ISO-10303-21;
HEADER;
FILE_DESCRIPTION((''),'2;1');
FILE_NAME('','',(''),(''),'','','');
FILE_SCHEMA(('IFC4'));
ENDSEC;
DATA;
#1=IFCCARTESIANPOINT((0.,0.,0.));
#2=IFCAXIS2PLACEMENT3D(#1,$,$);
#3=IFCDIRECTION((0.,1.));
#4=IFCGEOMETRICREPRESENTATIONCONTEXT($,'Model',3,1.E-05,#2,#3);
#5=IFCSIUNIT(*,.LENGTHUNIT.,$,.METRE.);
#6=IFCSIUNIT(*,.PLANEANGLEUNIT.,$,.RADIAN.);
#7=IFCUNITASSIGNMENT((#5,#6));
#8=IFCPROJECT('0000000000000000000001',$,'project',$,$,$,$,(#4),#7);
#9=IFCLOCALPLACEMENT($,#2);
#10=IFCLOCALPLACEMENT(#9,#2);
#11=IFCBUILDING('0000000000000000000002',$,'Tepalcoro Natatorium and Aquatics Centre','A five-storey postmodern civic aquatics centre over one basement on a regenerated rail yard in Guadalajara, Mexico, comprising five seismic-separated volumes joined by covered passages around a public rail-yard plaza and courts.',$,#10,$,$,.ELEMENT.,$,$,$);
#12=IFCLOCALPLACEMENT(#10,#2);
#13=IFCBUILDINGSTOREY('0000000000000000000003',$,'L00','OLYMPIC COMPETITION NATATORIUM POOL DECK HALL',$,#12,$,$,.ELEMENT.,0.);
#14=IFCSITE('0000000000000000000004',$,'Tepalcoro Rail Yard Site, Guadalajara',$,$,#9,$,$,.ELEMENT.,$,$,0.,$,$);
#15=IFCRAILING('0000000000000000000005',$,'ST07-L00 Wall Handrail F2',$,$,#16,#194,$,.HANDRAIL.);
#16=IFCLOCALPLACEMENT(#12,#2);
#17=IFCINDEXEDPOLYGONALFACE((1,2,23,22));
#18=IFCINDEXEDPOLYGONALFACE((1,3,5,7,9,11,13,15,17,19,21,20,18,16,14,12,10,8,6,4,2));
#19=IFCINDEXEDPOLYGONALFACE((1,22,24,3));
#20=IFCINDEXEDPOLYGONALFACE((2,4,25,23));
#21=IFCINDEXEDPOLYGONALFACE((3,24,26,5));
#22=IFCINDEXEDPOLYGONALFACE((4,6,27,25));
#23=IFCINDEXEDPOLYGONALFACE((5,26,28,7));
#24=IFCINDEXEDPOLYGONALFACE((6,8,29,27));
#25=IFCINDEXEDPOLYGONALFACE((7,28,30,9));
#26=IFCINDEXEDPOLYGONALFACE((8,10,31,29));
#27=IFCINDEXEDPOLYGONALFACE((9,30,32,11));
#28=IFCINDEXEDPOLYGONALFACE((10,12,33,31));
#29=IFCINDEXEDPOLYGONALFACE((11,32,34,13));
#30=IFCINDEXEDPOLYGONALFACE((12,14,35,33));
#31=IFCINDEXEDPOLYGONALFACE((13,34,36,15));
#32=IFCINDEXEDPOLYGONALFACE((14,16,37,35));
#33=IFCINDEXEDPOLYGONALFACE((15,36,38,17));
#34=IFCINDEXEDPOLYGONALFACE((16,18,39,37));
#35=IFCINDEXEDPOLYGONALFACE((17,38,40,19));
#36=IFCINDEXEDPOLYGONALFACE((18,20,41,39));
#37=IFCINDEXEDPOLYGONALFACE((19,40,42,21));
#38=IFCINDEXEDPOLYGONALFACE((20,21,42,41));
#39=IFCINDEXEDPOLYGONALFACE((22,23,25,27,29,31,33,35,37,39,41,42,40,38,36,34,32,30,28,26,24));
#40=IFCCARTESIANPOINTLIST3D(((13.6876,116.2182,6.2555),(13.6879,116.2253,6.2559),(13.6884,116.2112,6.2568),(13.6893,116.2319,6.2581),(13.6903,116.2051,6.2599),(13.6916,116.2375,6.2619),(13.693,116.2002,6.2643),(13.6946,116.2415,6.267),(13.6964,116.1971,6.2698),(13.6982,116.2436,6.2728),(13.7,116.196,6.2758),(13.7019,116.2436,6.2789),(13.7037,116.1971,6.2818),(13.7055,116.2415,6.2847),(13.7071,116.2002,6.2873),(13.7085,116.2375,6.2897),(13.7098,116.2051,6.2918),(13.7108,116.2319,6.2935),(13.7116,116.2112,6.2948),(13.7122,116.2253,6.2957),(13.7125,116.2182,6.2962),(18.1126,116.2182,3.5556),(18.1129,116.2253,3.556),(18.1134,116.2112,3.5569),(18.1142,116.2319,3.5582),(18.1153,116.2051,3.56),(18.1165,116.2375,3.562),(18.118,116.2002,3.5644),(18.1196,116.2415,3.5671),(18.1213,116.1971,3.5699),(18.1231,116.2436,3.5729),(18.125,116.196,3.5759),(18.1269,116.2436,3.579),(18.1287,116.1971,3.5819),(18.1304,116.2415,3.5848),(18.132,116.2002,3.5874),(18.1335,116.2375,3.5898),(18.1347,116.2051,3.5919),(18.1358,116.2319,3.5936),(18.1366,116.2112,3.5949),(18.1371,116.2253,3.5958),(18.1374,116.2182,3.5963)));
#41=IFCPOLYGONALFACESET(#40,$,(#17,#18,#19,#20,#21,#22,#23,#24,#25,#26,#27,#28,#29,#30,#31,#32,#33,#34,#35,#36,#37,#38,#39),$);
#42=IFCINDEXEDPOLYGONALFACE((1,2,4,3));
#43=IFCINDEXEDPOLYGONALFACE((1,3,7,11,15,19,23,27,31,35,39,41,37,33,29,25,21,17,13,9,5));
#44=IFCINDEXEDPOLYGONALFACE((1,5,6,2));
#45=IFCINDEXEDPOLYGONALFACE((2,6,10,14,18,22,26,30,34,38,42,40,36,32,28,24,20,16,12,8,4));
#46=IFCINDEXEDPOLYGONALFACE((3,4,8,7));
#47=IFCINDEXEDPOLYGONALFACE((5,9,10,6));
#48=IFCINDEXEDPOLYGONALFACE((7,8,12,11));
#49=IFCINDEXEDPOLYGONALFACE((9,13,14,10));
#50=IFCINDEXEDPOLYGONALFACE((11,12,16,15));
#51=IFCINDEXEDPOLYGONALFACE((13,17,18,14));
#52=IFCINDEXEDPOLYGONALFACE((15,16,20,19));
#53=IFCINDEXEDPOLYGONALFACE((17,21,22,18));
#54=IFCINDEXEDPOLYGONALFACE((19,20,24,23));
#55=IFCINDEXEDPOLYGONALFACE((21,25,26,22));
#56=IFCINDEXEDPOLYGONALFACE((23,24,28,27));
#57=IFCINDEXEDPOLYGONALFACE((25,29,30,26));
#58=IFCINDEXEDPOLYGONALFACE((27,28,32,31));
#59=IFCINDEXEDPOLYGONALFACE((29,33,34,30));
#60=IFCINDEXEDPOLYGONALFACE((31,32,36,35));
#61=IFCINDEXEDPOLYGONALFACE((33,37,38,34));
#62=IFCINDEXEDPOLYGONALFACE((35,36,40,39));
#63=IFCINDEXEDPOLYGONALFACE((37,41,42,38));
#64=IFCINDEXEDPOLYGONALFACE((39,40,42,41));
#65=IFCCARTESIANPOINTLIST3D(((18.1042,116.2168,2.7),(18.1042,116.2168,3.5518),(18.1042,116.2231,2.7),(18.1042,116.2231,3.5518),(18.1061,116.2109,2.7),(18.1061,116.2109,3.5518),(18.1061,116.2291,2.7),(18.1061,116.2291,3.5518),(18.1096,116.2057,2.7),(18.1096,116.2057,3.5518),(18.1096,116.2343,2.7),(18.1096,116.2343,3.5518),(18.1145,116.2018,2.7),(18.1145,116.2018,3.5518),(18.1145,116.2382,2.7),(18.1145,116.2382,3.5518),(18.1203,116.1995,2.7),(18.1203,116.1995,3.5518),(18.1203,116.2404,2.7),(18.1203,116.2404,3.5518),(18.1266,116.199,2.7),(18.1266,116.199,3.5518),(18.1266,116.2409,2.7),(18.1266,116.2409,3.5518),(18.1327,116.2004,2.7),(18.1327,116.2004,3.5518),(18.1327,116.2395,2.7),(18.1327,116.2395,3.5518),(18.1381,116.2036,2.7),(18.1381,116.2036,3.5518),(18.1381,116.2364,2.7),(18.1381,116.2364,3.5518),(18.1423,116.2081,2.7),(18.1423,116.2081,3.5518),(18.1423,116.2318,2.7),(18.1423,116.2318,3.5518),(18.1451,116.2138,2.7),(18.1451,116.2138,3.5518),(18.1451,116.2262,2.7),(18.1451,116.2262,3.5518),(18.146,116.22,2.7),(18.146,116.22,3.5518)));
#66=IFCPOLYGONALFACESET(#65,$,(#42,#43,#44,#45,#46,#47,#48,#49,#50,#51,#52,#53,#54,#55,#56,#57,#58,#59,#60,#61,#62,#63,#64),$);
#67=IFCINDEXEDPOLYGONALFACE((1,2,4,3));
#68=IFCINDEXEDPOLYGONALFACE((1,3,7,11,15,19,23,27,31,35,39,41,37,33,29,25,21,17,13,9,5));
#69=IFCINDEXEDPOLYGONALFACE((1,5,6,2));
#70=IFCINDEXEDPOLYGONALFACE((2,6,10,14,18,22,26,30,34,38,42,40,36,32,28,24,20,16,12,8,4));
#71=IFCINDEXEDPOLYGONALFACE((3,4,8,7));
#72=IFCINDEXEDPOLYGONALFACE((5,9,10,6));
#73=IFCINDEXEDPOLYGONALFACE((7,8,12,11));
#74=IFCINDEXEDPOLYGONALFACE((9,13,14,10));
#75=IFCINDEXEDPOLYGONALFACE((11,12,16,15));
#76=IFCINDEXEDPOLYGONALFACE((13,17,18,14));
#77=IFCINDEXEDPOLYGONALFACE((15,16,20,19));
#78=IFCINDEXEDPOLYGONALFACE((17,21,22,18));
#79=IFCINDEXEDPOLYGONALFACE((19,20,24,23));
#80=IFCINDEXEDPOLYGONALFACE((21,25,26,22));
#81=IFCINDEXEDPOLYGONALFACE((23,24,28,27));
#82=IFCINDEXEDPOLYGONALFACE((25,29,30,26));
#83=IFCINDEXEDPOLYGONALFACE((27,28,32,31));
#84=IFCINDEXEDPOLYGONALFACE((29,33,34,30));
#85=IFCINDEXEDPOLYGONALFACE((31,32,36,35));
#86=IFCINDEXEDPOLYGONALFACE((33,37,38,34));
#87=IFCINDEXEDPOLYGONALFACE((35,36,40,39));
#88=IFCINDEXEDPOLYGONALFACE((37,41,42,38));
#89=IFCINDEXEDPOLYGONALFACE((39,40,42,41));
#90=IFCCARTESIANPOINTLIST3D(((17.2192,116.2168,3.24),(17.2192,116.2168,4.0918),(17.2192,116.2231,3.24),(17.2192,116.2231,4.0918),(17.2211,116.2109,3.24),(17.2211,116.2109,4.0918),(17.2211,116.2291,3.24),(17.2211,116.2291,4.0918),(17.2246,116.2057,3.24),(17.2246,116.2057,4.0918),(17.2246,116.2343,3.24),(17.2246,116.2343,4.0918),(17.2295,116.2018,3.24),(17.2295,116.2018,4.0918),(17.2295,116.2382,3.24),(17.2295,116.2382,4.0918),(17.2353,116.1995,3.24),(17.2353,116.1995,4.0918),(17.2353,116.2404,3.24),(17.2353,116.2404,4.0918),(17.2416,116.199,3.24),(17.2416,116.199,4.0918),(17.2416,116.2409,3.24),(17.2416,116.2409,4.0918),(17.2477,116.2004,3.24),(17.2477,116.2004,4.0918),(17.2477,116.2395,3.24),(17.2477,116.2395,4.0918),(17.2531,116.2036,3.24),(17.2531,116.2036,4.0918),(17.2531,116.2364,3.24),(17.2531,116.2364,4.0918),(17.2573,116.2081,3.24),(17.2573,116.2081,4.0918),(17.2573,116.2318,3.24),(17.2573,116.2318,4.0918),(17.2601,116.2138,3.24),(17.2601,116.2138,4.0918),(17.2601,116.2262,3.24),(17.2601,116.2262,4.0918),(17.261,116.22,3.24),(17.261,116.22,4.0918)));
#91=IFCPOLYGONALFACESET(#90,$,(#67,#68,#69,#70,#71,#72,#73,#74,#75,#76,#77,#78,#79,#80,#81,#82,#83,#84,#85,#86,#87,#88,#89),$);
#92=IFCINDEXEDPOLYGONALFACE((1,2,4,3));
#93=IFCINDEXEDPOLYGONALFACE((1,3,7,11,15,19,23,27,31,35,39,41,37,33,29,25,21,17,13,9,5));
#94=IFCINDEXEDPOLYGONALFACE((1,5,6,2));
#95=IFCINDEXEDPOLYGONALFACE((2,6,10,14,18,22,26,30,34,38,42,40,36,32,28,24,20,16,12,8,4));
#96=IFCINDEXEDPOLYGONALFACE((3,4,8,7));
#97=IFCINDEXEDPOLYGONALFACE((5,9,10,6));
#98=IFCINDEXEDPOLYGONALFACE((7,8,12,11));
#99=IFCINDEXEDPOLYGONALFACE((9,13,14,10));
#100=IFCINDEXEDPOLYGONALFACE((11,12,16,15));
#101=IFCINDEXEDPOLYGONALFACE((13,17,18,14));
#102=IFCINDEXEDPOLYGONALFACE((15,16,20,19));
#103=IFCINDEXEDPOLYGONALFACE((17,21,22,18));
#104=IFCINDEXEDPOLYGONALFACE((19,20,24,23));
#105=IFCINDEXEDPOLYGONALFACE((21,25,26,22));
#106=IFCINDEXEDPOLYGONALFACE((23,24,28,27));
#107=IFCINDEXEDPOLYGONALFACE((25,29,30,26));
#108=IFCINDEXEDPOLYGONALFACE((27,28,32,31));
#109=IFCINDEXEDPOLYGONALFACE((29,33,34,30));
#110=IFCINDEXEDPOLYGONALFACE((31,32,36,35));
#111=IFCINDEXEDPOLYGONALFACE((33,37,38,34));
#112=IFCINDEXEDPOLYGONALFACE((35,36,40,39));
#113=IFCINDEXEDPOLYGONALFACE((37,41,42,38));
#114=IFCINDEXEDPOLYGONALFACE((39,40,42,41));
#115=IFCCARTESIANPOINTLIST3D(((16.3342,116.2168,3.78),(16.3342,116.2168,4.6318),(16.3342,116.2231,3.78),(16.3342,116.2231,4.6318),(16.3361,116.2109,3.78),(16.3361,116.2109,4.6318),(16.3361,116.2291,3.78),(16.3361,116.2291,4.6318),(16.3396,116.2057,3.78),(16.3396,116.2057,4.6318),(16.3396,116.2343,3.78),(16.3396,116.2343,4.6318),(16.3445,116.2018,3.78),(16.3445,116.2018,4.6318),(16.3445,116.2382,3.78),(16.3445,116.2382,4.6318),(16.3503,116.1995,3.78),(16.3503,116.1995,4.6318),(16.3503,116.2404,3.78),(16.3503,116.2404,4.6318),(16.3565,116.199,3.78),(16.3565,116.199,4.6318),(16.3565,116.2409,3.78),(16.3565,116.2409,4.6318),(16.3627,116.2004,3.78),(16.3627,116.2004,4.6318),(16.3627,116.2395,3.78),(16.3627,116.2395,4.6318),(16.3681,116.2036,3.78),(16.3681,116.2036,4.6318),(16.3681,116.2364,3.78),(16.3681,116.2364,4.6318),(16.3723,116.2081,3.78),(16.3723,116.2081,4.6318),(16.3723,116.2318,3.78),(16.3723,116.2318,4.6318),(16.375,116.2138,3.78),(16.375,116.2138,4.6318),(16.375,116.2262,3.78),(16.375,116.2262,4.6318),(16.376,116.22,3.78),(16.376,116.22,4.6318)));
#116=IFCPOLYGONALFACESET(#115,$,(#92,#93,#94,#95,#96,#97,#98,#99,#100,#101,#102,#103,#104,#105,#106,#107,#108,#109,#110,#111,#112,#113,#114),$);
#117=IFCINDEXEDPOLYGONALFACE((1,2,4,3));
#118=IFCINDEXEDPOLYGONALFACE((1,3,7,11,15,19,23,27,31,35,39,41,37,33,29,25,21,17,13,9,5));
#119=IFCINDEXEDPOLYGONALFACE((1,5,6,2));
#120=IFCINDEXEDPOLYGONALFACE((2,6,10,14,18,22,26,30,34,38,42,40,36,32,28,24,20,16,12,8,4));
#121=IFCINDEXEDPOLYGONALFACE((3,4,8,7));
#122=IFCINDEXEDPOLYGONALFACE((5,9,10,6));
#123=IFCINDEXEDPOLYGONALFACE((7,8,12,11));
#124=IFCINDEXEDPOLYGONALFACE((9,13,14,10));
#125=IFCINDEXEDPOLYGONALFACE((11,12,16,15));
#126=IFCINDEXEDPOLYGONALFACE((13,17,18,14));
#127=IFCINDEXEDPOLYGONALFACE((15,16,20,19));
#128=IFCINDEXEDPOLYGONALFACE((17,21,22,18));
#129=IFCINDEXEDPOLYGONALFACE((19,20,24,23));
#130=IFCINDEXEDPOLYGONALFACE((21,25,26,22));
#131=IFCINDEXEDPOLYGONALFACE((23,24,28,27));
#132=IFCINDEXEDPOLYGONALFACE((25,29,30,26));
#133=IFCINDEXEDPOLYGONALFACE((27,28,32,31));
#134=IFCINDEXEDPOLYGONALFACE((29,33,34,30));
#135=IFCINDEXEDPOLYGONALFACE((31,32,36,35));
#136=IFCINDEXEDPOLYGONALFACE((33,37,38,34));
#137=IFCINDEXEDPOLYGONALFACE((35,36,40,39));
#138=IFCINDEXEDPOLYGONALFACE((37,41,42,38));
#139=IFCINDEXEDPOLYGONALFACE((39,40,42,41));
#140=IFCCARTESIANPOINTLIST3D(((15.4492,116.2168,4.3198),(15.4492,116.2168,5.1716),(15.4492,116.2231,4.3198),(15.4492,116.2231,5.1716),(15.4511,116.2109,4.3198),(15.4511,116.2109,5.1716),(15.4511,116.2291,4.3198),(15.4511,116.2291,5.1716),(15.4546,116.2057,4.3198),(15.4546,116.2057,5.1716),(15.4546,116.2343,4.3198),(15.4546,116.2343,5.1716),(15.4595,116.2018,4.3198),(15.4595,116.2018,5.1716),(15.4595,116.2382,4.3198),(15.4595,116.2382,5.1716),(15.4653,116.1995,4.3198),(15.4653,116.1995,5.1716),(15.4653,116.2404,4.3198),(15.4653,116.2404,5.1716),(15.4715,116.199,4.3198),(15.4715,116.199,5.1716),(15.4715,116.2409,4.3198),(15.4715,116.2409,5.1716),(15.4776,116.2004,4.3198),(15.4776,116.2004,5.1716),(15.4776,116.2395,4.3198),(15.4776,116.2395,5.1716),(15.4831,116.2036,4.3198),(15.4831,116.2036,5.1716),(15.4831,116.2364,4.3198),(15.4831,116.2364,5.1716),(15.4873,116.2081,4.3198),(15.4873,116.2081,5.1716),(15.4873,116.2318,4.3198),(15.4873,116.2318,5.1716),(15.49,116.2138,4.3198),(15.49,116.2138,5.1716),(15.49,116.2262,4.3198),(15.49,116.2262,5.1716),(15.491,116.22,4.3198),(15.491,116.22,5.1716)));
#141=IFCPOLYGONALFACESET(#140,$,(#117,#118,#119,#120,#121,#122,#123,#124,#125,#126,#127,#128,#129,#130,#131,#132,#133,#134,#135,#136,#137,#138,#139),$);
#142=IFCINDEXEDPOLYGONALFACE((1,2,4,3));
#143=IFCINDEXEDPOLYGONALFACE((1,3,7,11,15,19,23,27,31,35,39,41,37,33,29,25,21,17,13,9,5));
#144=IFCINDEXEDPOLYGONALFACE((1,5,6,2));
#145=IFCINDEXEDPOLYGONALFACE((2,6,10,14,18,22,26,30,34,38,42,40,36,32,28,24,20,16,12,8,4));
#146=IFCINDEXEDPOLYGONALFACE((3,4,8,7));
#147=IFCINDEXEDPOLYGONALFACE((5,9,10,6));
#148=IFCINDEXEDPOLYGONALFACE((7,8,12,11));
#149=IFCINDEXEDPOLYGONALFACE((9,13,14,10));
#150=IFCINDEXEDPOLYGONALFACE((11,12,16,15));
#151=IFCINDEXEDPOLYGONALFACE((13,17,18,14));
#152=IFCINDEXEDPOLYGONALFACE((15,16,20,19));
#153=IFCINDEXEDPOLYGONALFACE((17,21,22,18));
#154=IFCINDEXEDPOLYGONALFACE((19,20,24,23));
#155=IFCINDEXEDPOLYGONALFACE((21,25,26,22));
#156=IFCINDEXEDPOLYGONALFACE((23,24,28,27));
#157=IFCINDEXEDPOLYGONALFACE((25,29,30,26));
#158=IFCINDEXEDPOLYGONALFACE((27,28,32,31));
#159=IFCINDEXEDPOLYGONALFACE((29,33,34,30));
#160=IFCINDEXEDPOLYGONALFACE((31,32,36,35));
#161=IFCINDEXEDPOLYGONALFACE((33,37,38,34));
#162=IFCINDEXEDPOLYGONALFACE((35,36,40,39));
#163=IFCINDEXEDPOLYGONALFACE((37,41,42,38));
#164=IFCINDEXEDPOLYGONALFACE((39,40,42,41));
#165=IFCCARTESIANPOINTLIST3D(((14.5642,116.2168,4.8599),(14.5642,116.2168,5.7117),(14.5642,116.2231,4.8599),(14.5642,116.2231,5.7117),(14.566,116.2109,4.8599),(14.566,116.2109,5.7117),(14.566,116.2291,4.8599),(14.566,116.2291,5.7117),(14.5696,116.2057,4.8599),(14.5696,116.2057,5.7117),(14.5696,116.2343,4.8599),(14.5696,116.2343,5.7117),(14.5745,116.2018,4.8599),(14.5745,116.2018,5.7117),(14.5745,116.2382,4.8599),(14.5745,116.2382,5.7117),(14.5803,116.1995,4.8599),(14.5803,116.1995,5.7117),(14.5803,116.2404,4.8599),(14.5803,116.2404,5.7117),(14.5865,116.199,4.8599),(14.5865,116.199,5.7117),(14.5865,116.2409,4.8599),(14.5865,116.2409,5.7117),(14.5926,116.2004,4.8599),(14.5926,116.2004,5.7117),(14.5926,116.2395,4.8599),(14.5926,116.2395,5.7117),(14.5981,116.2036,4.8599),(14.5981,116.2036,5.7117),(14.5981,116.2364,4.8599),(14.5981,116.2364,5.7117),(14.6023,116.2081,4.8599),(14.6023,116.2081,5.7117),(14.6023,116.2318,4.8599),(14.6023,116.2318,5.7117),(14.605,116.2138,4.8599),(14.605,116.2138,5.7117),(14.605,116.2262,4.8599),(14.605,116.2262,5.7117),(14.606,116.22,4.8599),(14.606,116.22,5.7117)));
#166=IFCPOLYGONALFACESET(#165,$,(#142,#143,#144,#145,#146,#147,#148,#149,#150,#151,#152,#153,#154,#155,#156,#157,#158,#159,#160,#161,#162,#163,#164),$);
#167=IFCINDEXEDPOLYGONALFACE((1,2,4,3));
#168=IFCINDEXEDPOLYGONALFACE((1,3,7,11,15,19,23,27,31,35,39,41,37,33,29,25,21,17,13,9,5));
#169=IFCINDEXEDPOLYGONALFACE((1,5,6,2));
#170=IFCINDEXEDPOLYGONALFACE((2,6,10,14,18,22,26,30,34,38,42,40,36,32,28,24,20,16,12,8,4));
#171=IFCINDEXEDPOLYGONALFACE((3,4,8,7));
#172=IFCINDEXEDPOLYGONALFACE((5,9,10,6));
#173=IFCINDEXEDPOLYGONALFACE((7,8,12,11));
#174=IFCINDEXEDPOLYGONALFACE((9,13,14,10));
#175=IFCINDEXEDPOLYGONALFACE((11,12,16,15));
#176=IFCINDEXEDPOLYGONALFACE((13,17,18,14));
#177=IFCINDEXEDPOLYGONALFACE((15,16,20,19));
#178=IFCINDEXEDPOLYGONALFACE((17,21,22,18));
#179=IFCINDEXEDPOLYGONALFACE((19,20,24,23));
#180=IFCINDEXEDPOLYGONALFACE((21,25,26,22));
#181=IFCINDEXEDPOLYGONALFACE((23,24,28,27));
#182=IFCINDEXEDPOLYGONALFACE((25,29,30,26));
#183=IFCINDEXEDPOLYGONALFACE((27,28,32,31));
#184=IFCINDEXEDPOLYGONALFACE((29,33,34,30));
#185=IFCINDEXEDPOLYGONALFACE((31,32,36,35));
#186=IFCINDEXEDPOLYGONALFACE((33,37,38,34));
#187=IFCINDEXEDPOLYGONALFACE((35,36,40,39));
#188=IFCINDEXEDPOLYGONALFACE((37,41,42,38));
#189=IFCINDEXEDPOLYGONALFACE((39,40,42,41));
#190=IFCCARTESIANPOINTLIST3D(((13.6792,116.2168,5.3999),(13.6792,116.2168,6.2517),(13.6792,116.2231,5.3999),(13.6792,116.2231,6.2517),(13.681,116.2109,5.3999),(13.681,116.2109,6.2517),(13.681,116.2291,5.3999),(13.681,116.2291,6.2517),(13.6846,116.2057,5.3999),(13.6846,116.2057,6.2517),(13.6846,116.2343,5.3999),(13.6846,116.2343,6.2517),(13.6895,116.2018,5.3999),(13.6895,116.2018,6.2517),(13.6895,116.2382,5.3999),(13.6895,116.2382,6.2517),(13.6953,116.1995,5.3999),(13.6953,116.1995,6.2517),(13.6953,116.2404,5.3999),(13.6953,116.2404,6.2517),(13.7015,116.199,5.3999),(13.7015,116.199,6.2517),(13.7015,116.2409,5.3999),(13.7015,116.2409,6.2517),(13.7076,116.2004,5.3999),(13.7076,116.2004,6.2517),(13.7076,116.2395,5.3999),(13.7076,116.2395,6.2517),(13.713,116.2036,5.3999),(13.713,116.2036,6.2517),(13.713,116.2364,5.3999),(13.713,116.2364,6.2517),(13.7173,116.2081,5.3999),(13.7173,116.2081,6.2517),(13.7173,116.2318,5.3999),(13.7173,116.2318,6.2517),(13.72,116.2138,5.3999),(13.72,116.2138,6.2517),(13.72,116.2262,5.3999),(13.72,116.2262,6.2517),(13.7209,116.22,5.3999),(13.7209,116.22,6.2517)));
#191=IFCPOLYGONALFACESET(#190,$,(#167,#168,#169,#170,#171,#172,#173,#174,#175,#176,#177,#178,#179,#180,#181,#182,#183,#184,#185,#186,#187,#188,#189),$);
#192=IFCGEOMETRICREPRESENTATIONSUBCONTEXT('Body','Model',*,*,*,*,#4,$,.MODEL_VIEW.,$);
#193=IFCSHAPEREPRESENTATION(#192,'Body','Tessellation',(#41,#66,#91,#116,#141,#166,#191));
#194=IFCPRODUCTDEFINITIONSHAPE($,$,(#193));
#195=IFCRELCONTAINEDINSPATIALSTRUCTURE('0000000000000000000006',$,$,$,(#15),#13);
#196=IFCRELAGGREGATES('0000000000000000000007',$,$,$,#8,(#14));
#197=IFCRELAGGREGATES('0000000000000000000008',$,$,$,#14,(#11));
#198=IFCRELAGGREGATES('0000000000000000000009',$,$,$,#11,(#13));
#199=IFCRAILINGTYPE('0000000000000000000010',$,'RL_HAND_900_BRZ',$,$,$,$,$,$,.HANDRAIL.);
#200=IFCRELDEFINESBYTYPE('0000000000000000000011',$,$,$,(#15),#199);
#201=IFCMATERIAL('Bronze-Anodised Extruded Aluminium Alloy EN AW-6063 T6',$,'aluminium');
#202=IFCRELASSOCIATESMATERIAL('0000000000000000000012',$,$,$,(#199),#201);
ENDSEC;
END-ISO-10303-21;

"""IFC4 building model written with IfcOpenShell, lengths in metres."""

from ifc_helpers import new_model, si_unit, direction, frame, origin, origin_2d, place, context, subcontext, project, spatial, circle, extrude, material, type_object, element, save


model = new_model("IFC4")

# Units and contexts
model_context = context("Model", 3, precision=1e-05, world=origin(), true_north=direction((0.0, 1.0)))
body_context = subcontext(model_context, "Body", "Model", "MODEL_VIEW")
ifc_project = project(units=[si_unit("LENGTHUNIT", "METRE"), si_unit("PLANEANGLEUNIT", "RADIAN")], contexts=[model_context])

# Site, building, storey
site_placement = place(None, origin())
site = spatial("IfcSite", under=ifc_project, at=site_placement, Name="Tepalcoro Rail Yard Site, Guadalajara", CompositionType="ELEMENT", RefElevation=0.0)
building_placement = place(site_placement, origin())
building = spatial("IfcBuilding", under=site, at=building_placement, Name="Tepalcoro Natatorium and Aquatics Centre", Description="A five-storey postmodern civic aquatics centre over one basement on a regenerated rail yard in Guadalajara, Mexico, comprising five seismic-separated volumes joined by covered passages around a public rail-yard plaza and courts.", CompositionType="ELEMENT")
storey_placement = place(building_placement, origin())
storey = spatial("IfcBuildingStorey", under=building, at=storey_placement, Name="L00", Description="OLYMPIC COMPETITION NATATORIUM POOL DECK HALL", CompositionType="ELEMENT", Elevation=0.0)

# Shared definitions
ifc_material_1 = material(Name="Bronze-Anodised Extruded Aluminium Alloy EN AW-6063 T6", Category="aluminium")

# Railing
railing_type = type_object("IfcRailingType", Name="RL_HAND_900_BRZ", PredefinedType="HANDRAIL", material=ifc_material_1)
railing_placement = place(storey_placement, frame((18.125, 116.22, 2.7)))
element("IfcRailing", 1, at=railing_placement, inside=storey, type_object=railing_type, Name="ST07-L00 Wall Handrail F2", PredefinedType="HANDRAIL", context=body_context, shape_type="SweptSolid", body=[
    extrude(circle(Radius=0.0239, at=origin_2d()), frame((0.0, 0.0, 0.876), z_axis=(-0.853646, 0.0, 0.520854), x_axis=(0.0, -1.0, 0.0)), (0.0, 0.0, 1.0), 5.1836),
    extrude(circle(Radius=0.021, at=origin_2d()), origin(), (0.0, 0.0, 1.0), 0.8518),
    extrude(circle(Radius=0.021, at=origin_2d()), frame((-0.885, 0.0, 0.54)), (0.0, 0.0, 1.0), 0.8518),
    extrude(circle(Radius=0.021, at=origin_2d()), frame((-1.77, 0.0, 1.0801)), (0.0, 0.0, 1.0), 0.8518),
    extrude(circle(Radius=0.021, at=origin_2d()), frame((-2.655, 0.0, 1.6199)), (0.0, 0.0, 1.0), 0.8518),
    extrude(circle(Radius=0.021, at=origin_2d()), frame((-3.54, 0.0, 2.1599)), (0.0, 0.0, 1.0), 0.8518),
    extrude(circle(Radius=0.021, at=origin_2d()), frame((-4.425, 0.0, 2.7)), (0.0, 0.0, 1.0), 0.8518),
])

save(model, "model.ifc")
